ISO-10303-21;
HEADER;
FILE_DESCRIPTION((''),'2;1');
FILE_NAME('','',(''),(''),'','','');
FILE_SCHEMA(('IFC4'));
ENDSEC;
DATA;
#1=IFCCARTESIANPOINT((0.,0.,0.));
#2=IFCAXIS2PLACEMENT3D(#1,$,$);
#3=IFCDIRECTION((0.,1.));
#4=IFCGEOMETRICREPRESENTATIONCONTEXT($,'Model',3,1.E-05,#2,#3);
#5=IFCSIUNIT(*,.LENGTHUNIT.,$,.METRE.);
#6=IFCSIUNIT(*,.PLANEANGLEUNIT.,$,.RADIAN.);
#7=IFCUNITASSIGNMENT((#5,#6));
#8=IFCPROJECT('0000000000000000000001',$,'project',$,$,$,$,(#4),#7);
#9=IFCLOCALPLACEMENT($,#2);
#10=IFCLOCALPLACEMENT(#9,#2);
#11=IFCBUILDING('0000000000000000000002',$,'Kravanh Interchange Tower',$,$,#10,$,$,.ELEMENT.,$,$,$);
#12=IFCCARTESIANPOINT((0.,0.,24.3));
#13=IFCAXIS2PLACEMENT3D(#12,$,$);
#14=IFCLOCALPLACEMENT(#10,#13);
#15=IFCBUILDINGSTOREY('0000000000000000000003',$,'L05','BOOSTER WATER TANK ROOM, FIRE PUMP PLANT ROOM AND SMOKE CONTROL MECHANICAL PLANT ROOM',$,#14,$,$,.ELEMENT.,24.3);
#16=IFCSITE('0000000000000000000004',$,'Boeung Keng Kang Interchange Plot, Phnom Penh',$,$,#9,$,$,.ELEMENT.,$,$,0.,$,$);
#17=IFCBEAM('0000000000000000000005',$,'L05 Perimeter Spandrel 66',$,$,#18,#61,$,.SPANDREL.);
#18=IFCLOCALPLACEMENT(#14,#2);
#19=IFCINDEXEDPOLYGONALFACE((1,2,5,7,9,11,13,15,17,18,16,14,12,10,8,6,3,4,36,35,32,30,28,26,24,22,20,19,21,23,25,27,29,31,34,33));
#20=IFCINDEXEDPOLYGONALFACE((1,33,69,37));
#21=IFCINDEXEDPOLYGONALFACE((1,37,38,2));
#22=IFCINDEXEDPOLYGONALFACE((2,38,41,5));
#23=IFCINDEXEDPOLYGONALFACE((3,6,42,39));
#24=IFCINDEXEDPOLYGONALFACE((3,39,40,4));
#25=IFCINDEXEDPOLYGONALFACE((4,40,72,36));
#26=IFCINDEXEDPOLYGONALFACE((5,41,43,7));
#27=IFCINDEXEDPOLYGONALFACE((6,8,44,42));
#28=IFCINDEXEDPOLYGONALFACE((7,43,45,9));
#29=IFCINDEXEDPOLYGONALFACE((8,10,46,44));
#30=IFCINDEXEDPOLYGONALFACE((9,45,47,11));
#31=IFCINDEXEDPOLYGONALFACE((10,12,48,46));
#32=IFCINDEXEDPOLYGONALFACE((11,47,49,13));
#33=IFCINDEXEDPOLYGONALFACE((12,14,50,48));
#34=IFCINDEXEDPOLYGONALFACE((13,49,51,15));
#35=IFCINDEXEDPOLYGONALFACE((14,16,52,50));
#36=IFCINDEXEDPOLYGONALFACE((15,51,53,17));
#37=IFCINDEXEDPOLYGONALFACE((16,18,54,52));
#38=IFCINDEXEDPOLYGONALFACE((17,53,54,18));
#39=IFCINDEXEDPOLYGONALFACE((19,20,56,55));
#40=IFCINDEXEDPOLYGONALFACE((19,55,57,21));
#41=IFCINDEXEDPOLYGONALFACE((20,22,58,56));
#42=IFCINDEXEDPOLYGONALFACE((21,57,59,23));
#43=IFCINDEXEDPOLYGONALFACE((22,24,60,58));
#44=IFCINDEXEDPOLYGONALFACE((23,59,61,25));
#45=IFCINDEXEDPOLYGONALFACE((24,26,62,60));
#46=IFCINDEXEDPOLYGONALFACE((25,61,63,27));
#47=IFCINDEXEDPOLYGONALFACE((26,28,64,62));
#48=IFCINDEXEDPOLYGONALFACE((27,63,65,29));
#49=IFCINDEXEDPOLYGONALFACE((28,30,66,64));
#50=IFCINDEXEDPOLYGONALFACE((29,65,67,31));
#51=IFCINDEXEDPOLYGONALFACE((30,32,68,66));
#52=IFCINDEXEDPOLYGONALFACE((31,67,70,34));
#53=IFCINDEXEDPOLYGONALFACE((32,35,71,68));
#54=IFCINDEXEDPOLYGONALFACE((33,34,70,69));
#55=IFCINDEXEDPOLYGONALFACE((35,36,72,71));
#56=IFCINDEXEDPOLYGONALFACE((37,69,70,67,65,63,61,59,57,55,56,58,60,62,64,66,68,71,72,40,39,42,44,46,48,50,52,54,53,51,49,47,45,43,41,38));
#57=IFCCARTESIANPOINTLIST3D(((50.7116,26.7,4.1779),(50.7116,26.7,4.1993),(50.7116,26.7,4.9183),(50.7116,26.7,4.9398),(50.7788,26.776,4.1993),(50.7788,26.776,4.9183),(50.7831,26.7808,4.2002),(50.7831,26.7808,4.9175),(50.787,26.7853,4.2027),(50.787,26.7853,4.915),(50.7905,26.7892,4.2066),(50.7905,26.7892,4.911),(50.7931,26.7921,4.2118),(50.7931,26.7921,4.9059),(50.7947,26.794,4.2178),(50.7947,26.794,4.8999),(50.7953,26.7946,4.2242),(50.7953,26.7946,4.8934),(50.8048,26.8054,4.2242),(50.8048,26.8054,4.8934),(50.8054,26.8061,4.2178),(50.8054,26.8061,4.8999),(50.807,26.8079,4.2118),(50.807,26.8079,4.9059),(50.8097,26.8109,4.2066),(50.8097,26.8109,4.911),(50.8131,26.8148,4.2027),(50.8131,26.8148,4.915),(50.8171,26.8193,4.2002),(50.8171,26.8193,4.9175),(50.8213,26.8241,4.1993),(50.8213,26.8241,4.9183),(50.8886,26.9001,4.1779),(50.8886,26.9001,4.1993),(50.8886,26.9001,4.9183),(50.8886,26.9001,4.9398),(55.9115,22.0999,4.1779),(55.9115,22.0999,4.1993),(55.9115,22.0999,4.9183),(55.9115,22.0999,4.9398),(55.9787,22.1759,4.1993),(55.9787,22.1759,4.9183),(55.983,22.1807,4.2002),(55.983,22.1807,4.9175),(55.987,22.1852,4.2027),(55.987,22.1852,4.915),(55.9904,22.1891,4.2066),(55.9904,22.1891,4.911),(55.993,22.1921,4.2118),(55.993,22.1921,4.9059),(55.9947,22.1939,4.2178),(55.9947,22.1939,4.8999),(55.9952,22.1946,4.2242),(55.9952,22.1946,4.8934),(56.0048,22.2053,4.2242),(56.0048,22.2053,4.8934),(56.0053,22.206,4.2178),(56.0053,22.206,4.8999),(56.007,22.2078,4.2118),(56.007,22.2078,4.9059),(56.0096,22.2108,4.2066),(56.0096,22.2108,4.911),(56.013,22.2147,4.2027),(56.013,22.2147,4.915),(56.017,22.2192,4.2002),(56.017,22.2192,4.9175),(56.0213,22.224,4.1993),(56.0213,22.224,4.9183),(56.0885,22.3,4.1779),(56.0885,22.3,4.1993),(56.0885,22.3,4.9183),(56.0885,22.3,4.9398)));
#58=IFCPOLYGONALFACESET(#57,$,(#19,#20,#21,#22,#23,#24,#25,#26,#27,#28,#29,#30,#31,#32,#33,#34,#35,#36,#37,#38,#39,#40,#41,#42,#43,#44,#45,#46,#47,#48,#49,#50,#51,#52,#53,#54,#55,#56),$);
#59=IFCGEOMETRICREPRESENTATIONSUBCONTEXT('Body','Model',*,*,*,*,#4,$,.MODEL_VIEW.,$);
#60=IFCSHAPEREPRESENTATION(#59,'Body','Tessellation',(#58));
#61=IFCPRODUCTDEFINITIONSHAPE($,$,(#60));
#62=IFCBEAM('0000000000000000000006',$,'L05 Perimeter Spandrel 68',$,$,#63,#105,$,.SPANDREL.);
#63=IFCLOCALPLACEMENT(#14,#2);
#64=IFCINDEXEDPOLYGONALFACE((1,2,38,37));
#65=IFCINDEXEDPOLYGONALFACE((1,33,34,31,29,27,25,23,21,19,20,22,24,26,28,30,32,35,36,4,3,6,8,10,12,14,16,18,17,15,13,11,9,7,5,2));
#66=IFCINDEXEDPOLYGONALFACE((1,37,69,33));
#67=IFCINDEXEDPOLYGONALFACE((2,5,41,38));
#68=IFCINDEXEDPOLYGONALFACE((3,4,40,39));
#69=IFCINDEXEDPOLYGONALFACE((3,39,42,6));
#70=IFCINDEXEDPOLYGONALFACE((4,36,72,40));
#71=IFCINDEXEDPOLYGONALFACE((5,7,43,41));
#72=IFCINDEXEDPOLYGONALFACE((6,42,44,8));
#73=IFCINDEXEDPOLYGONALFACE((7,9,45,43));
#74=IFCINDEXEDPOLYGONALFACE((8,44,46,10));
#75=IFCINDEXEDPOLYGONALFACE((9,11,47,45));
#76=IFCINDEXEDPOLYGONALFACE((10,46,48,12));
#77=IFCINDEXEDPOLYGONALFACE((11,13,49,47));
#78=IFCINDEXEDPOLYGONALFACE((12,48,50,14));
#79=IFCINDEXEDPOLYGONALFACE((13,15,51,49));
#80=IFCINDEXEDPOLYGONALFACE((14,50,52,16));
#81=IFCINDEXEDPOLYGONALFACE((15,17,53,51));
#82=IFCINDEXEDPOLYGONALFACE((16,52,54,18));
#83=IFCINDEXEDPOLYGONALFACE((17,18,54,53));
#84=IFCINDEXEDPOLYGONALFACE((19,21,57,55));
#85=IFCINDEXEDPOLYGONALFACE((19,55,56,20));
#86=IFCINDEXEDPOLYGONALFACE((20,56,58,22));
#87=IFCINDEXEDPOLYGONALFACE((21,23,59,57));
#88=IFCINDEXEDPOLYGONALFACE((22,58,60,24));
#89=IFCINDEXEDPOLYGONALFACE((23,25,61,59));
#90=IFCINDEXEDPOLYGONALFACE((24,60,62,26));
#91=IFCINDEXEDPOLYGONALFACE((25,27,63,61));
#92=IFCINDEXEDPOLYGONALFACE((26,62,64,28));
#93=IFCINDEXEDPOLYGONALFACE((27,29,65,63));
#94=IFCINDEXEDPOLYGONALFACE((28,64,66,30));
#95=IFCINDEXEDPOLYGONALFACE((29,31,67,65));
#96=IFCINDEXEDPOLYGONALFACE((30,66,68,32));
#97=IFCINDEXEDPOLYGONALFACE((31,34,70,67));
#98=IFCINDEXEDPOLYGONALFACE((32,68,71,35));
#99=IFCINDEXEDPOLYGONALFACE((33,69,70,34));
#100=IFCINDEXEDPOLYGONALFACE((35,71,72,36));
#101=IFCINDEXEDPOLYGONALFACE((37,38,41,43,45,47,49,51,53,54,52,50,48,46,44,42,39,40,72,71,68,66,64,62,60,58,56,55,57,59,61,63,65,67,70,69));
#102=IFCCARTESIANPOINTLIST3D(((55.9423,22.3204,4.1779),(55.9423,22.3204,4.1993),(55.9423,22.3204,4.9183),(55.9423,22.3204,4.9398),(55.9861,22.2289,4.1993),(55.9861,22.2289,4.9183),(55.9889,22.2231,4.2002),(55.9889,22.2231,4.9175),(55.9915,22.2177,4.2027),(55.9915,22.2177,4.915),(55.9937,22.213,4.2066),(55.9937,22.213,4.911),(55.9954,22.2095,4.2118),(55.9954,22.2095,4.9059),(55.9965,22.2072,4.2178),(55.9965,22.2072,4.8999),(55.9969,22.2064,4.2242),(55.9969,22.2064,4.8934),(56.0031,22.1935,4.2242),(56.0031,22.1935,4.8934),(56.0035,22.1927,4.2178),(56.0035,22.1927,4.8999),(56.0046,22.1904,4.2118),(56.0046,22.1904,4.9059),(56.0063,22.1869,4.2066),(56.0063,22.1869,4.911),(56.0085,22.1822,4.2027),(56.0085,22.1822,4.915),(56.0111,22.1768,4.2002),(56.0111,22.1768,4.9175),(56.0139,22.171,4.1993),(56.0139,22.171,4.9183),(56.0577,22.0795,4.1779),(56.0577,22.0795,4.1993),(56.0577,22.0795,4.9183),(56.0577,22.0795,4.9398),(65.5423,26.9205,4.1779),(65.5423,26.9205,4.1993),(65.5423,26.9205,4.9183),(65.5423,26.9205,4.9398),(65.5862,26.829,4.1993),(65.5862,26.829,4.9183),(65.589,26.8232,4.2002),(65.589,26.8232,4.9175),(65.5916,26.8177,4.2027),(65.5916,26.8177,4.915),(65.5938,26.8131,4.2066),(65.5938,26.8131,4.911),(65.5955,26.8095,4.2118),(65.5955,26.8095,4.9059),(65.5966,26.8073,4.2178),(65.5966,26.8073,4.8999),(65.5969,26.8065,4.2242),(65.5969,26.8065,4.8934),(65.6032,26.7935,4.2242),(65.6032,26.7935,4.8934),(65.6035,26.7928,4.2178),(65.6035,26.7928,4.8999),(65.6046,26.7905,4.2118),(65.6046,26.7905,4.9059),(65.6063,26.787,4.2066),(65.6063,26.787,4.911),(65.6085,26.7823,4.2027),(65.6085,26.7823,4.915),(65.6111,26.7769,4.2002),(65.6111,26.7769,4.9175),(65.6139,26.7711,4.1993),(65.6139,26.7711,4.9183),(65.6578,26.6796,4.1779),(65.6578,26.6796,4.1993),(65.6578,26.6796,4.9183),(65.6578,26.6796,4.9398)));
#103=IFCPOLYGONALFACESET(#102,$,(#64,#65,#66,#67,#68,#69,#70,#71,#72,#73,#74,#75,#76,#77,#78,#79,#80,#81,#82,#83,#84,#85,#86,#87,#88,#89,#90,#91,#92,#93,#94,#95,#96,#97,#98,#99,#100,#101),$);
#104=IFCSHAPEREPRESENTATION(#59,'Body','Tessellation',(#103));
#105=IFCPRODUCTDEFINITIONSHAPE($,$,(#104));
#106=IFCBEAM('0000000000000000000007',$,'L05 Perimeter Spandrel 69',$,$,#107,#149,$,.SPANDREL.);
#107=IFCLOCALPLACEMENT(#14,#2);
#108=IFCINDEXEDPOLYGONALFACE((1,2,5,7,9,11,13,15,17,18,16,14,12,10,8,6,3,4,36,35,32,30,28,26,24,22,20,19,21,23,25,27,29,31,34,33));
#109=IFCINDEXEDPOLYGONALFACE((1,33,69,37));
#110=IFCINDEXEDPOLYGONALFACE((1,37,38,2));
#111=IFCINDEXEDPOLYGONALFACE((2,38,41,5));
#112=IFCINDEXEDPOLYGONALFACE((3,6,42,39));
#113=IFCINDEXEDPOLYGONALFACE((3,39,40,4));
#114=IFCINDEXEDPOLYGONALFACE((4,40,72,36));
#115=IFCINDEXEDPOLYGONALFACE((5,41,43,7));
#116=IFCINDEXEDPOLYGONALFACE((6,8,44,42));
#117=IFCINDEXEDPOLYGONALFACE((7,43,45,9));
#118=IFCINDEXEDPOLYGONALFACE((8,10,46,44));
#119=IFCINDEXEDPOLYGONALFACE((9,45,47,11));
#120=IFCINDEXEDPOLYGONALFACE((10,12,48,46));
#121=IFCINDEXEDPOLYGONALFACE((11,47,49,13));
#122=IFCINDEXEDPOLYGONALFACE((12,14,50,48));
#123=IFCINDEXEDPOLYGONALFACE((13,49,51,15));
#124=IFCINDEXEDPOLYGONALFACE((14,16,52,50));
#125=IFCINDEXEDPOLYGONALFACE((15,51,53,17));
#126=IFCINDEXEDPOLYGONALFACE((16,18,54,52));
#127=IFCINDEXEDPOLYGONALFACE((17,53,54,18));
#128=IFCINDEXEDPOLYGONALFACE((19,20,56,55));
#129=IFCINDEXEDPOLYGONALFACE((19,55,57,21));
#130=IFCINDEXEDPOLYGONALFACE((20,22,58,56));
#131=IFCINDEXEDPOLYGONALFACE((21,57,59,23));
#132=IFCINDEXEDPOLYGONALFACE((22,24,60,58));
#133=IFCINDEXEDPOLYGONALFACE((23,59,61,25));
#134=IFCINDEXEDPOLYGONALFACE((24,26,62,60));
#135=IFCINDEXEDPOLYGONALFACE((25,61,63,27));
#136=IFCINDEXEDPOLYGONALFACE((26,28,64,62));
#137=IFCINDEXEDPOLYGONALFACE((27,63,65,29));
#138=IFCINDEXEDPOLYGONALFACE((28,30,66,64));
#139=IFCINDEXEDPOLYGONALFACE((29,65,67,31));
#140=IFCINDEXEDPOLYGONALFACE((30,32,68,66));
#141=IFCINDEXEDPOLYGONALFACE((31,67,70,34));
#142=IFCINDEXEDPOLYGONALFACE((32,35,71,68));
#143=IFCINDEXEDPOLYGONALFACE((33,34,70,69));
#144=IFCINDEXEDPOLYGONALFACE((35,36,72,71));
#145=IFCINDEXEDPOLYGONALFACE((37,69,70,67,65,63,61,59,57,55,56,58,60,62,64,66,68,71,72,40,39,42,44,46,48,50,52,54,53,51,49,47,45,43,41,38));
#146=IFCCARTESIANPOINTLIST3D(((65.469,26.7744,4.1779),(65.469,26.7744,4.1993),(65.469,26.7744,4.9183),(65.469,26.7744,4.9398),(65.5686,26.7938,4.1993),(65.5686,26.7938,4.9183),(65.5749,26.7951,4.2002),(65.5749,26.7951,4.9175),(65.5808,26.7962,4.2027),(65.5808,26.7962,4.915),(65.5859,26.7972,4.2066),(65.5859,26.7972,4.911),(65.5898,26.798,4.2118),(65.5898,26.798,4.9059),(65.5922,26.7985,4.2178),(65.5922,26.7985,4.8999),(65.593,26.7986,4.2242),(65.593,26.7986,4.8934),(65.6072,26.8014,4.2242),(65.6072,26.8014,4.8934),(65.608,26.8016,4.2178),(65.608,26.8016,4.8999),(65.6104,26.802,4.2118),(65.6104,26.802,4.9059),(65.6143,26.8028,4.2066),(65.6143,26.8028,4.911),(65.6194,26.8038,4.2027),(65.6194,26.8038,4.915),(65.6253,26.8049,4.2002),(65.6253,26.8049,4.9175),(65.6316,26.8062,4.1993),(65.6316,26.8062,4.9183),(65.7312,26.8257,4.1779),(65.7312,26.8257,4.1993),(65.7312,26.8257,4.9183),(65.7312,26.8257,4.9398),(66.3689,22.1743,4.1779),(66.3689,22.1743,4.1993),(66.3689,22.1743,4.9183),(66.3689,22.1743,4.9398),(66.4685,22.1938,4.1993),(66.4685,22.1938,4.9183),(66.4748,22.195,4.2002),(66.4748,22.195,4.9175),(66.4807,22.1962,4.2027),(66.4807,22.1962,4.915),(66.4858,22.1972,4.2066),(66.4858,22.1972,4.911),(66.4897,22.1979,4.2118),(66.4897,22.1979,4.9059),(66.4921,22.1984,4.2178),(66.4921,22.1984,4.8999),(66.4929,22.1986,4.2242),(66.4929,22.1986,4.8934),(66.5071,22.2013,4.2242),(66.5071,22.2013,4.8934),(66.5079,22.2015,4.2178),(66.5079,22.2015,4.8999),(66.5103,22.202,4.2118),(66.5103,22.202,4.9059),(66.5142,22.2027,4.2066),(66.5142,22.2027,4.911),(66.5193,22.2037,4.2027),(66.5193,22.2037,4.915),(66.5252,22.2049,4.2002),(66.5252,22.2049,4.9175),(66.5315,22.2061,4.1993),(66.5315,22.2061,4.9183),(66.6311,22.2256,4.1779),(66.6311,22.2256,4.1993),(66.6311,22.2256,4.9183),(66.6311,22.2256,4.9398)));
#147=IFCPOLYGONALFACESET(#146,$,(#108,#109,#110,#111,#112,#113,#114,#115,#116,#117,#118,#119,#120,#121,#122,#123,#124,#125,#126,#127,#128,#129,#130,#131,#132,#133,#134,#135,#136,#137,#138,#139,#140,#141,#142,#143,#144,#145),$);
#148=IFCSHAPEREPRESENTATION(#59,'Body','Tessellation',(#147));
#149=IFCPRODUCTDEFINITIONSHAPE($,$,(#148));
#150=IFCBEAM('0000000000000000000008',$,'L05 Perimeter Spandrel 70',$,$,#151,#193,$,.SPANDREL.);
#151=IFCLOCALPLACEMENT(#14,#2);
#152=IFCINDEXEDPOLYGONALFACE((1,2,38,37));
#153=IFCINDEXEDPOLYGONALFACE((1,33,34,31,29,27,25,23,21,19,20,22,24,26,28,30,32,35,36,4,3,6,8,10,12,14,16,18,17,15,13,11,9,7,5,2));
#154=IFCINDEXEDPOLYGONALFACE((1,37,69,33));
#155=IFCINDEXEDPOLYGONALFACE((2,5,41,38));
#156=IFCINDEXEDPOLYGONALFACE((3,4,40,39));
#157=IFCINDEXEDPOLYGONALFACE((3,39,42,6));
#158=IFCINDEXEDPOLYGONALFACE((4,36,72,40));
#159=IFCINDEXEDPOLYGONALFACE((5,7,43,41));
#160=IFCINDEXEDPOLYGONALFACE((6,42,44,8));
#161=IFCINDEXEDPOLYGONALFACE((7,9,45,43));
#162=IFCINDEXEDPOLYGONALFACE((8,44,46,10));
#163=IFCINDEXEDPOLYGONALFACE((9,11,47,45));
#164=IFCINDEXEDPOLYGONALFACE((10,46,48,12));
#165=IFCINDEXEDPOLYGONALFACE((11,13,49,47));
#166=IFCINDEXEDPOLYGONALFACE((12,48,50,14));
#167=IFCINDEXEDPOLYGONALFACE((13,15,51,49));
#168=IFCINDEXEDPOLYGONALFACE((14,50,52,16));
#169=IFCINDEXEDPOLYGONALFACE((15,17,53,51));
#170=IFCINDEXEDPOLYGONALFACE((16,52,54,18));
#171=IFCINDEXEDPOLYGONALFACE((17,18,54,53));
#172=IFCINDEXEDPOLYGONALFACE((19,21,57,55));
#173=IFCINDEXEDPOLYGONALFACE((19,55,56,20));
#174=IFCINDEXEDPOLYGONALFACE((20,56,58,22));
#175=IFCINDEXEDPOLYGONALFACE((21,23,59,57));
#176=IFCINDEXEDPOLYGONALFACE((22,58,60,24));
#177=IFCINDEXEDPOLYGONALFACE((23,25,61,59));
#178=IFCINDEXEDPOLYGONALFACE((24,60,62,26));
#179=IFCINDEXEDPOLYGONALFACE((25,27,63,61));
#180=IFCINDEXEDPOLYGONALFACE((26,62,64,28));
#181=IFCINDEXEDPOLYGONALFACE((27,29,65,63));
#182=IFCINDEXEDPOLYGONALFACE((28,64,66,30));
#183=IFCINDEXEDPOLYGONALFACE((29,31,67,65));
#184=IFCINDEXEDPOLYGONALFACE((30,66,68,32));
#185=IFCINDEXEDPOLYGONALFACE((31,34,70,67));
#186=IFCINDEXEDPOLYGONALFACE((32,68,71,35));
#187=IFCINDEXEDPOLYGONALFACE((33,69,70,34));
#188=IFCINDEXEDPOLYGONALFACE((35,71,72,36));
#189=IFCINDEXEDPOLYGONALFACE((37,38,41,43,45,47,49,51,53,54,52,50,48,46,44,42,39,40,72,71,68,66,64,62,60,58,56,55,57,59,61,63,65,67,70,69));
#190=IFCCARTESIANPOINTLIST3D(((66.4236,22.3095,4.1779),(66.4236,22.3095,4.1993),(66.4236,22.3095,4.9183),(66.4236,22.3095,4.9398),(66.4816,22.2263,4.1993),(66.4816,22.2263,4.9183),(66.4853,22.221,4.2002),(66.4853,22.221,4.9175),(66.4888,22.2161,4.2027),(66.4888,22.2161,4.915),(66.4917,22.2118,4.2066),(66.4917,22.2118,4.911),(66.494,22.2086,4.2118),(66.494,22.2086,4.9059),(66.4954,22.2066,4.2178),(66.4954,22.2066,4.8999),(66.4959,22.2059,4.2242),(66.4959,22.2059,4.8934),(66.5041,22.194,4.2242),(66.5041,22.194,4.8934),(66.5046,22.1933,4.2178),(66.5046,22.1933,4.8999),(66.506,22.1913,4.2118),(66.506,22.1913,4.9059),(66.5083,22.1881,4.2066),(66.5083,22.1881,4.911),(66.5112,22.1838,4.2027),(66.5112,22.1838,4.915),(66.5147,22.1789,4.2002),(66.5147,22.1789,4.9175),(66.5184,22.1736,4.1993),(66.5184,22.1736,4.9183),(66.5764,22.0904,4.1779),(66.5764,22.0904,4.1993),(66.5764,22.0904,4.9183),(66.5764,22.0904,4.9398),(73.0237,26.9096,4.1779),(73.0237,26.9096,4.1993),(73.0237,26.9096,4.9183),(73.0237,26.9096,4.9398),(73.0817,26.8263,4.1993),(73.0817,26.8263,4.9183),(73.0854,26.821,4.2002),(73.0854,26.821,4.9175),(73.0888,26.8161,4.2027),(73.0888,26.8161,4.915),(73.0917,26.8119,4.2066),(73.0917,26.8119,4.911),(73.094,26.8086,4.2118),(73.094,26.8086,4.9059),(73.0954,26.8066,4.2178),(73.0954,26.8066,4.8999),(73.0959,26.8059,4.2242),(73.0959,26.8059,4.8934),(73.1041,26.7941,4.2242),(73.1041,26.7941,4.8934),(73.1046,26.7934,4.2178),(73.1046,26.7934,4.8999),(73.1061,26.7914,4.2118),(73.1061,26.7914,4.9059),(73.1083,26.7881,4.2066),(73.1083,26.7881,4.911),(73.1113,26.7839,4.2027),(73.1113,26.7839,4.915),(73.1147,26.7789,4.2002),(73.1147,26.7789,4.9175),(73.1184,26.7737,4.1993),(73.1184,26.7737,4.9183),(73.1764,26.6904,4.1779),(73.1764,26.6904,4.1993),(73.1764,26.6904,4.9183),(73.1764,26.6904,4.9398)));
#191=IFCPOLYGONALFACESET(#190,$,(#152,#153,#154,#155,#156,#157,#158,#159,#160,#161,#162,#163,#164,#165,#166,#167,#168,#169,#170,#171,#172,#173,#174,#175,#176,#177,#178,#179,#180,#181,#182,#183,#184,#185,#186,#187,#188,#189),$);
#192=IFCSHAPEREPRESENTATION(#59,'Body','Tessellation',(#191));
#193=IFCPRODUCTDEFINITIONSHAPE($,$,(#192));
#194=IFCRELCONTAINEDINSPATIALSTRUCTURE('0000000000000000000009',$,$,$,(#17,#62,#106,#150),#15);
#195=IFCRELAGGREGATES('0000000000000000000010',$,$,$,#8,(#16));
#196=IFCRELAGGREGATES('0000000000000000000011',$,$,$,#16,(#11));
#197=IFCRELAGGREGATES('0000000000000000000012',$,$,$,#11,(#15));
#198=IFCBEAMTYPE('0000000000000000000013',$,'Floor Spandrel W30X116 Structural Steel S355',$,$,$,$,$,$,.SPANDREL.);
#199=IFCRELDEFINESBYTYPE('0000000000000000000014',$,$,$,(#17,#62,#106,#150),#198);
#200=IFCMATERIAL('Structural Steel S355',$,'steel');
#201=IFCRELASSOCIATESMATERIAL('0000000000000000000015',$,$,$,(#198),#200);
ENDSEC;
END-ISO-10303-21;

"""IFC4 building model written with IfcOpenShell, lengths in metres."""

from ifc_helpers import new_model, si_unit, direction, frame, origin, origin_2d, place, context, subcontext, project, spatial, i_section, extrude, material, material_profile, profile_set, type_object, element, save


model = new_model("IFC4")

# Units and contexts
model_context = context("Model", 3, precision=1e-05, world=origin(), true_north=direction((0.0, 1.0)))
body_context = subcontext(model_context, "Body", "Model", "MODEL_VIEW")
ifc_project = project(units=[si_unit("LENGTHUNIT", "METRE"), si_unit("PLANEANGLEUNIT", "RADIAN")], contexts=[model_context])

# Site, building, storey
site_placement = place(None, origin())
site = spatial("IfcSite", under=ifc_project, at=site_placement, Name="Boeung Keng Kang Interchange Plot, Phnom Penh", CompositionType="ELEMENT", RefElevation=0.0)
building_placement = place(site_placement, origin())
building = spatial("IfcBuilding", under=site, at=building_placement, Name="Kravanh Interchange Tower", CompositionType="ELEMENT")
storey_placement = place(building_placement, frame((0.0, 0.0, 24.3)))
storey = spatial("IfcBuildingStorey", under=building, at=storey_placement, Name="L05", Description="BOOSTER WATER TANK ROOM, FIRE PUMP PLANT ROOM AND SMOKE CONTROL MECHANICAL PLANT ROOM", CompositionType="ELEMENT", Elevation=24.3)

# Beams
ifc_material_1 = material(Name="Structural Steel S355", Category="steel")
ifc_material_profile_1 = material_profile(ifc_material_1, i_section(OverallWidth=0.2671, OverallDepth=0.762, WebThickness=0.0144, FlangeThickness=0.0215, FilletRadius=0.0249, at=origin_2d()), Name="W30X116")
ifc_profile_set_1 = profile_set([ifc_material_profile_1], Name="Structural Steel S355")
beam_type_1 = type_object("IfcBeamType", Name="Floor Spandrel W30X116 Structural Steel S355", PredefinedType="SPANDREL", material=ifc_profile_set_1)
beam_1_placement = place(storey_placement, frame((56.0, 22.2, 4.5588), z_axis=(-0.748986, 0.662585, 0.0), x_axis=(-0.662585, -0.748986, 0.0)))
element("IfcBeam", 1, at=beam_1_placement, inside=storey, type_object=beam_type_1, Name="L05 Perimeter Spandrel 66", PredefinedType="SPANDREL", context=body_context, shape_type="SweptSolid", body=[
    extrude(i_section(OverallWidth=0.2671, OverallDepth=0.762, WebThickness=0.0144, FlangeThickness=0.0215, FilletRadius=0.0249, at=origin_2d()), origin(), (0.0, 0.0, 1.0), 6.9426),
])
beam_2_placement = place(storey_placement, frame((56.0, 22.2, 4.5588), z_axis=(0.901814, 0.432124, 0.0), x_axis=(-0.432124, 0.901814, 0.0)))
element("IfcBeam", 2, at=beam_2_placement, inside=storey, type_object=beam_type_1, Name="L05 Perimeter Spandrel 68", PredefinedType="SPANDREL", context=body_context, shape_type="SweptSolid", body=[
    extrude(i_section(OverallWidth=0.2671, OverallDepth=0.762, WebThickness=0.0144, FlangeThickness=0.0215, FilletRadius=0.0249, at=origin_2d()), origin(), (0.0, 0.0, 1.0), 10.6453),
])
beam_3_placement = place(storey_placement, frame((66.5, 22.2, 4.5588), z_axis=(-0.191988, 0.981397, 0.0), x_axis=(-0.981397, -0.191988, 0.0)))
element("IfcBeam", 3, at=beam_3_placement, inside=storey, type_object=beam_type_1, Name="L05 Perimeter Spandrel 69", PredefinedType="SPANDREL", context=body_context, shape_type="SweptSolid", body=[
    extrude(i_section(OverallWidth=0.2671, OverallDepth=0.762, WebThickness=0.0144, FlangeThickness=0.0215, FilletRadius=0.0249, at=origin_2d()), origin(), (0.0, 0.0, 1.0), 4.6873),
])
beam_4_placement = place(storey_placement, frame((66.5, 22.2, 4.5588), z_axis=(0.820396, 0.571795, 0.0), x_axis=(-0.571795, 0.820396, 0.0)))
element("IfcBeam", 4, at=beam_4_placement, inside=storey, type_object=beam_type_1, Name="L05 Perimeter Spandrel 70", PredefinedType="SPANDREL", context=body_context, shape_type="SweptSolid", body=[
    extrude(i_section(OverallWidth=0.2671, OverallDepth=0.762, WebThickness=0.0144, FlangeThickness=0.0215, FilletRadius=0.0249, at=origin_2d()), origin(), (0.0, 0.0, 1.0), 8.0449),
])

save(model, "model.ifc")
